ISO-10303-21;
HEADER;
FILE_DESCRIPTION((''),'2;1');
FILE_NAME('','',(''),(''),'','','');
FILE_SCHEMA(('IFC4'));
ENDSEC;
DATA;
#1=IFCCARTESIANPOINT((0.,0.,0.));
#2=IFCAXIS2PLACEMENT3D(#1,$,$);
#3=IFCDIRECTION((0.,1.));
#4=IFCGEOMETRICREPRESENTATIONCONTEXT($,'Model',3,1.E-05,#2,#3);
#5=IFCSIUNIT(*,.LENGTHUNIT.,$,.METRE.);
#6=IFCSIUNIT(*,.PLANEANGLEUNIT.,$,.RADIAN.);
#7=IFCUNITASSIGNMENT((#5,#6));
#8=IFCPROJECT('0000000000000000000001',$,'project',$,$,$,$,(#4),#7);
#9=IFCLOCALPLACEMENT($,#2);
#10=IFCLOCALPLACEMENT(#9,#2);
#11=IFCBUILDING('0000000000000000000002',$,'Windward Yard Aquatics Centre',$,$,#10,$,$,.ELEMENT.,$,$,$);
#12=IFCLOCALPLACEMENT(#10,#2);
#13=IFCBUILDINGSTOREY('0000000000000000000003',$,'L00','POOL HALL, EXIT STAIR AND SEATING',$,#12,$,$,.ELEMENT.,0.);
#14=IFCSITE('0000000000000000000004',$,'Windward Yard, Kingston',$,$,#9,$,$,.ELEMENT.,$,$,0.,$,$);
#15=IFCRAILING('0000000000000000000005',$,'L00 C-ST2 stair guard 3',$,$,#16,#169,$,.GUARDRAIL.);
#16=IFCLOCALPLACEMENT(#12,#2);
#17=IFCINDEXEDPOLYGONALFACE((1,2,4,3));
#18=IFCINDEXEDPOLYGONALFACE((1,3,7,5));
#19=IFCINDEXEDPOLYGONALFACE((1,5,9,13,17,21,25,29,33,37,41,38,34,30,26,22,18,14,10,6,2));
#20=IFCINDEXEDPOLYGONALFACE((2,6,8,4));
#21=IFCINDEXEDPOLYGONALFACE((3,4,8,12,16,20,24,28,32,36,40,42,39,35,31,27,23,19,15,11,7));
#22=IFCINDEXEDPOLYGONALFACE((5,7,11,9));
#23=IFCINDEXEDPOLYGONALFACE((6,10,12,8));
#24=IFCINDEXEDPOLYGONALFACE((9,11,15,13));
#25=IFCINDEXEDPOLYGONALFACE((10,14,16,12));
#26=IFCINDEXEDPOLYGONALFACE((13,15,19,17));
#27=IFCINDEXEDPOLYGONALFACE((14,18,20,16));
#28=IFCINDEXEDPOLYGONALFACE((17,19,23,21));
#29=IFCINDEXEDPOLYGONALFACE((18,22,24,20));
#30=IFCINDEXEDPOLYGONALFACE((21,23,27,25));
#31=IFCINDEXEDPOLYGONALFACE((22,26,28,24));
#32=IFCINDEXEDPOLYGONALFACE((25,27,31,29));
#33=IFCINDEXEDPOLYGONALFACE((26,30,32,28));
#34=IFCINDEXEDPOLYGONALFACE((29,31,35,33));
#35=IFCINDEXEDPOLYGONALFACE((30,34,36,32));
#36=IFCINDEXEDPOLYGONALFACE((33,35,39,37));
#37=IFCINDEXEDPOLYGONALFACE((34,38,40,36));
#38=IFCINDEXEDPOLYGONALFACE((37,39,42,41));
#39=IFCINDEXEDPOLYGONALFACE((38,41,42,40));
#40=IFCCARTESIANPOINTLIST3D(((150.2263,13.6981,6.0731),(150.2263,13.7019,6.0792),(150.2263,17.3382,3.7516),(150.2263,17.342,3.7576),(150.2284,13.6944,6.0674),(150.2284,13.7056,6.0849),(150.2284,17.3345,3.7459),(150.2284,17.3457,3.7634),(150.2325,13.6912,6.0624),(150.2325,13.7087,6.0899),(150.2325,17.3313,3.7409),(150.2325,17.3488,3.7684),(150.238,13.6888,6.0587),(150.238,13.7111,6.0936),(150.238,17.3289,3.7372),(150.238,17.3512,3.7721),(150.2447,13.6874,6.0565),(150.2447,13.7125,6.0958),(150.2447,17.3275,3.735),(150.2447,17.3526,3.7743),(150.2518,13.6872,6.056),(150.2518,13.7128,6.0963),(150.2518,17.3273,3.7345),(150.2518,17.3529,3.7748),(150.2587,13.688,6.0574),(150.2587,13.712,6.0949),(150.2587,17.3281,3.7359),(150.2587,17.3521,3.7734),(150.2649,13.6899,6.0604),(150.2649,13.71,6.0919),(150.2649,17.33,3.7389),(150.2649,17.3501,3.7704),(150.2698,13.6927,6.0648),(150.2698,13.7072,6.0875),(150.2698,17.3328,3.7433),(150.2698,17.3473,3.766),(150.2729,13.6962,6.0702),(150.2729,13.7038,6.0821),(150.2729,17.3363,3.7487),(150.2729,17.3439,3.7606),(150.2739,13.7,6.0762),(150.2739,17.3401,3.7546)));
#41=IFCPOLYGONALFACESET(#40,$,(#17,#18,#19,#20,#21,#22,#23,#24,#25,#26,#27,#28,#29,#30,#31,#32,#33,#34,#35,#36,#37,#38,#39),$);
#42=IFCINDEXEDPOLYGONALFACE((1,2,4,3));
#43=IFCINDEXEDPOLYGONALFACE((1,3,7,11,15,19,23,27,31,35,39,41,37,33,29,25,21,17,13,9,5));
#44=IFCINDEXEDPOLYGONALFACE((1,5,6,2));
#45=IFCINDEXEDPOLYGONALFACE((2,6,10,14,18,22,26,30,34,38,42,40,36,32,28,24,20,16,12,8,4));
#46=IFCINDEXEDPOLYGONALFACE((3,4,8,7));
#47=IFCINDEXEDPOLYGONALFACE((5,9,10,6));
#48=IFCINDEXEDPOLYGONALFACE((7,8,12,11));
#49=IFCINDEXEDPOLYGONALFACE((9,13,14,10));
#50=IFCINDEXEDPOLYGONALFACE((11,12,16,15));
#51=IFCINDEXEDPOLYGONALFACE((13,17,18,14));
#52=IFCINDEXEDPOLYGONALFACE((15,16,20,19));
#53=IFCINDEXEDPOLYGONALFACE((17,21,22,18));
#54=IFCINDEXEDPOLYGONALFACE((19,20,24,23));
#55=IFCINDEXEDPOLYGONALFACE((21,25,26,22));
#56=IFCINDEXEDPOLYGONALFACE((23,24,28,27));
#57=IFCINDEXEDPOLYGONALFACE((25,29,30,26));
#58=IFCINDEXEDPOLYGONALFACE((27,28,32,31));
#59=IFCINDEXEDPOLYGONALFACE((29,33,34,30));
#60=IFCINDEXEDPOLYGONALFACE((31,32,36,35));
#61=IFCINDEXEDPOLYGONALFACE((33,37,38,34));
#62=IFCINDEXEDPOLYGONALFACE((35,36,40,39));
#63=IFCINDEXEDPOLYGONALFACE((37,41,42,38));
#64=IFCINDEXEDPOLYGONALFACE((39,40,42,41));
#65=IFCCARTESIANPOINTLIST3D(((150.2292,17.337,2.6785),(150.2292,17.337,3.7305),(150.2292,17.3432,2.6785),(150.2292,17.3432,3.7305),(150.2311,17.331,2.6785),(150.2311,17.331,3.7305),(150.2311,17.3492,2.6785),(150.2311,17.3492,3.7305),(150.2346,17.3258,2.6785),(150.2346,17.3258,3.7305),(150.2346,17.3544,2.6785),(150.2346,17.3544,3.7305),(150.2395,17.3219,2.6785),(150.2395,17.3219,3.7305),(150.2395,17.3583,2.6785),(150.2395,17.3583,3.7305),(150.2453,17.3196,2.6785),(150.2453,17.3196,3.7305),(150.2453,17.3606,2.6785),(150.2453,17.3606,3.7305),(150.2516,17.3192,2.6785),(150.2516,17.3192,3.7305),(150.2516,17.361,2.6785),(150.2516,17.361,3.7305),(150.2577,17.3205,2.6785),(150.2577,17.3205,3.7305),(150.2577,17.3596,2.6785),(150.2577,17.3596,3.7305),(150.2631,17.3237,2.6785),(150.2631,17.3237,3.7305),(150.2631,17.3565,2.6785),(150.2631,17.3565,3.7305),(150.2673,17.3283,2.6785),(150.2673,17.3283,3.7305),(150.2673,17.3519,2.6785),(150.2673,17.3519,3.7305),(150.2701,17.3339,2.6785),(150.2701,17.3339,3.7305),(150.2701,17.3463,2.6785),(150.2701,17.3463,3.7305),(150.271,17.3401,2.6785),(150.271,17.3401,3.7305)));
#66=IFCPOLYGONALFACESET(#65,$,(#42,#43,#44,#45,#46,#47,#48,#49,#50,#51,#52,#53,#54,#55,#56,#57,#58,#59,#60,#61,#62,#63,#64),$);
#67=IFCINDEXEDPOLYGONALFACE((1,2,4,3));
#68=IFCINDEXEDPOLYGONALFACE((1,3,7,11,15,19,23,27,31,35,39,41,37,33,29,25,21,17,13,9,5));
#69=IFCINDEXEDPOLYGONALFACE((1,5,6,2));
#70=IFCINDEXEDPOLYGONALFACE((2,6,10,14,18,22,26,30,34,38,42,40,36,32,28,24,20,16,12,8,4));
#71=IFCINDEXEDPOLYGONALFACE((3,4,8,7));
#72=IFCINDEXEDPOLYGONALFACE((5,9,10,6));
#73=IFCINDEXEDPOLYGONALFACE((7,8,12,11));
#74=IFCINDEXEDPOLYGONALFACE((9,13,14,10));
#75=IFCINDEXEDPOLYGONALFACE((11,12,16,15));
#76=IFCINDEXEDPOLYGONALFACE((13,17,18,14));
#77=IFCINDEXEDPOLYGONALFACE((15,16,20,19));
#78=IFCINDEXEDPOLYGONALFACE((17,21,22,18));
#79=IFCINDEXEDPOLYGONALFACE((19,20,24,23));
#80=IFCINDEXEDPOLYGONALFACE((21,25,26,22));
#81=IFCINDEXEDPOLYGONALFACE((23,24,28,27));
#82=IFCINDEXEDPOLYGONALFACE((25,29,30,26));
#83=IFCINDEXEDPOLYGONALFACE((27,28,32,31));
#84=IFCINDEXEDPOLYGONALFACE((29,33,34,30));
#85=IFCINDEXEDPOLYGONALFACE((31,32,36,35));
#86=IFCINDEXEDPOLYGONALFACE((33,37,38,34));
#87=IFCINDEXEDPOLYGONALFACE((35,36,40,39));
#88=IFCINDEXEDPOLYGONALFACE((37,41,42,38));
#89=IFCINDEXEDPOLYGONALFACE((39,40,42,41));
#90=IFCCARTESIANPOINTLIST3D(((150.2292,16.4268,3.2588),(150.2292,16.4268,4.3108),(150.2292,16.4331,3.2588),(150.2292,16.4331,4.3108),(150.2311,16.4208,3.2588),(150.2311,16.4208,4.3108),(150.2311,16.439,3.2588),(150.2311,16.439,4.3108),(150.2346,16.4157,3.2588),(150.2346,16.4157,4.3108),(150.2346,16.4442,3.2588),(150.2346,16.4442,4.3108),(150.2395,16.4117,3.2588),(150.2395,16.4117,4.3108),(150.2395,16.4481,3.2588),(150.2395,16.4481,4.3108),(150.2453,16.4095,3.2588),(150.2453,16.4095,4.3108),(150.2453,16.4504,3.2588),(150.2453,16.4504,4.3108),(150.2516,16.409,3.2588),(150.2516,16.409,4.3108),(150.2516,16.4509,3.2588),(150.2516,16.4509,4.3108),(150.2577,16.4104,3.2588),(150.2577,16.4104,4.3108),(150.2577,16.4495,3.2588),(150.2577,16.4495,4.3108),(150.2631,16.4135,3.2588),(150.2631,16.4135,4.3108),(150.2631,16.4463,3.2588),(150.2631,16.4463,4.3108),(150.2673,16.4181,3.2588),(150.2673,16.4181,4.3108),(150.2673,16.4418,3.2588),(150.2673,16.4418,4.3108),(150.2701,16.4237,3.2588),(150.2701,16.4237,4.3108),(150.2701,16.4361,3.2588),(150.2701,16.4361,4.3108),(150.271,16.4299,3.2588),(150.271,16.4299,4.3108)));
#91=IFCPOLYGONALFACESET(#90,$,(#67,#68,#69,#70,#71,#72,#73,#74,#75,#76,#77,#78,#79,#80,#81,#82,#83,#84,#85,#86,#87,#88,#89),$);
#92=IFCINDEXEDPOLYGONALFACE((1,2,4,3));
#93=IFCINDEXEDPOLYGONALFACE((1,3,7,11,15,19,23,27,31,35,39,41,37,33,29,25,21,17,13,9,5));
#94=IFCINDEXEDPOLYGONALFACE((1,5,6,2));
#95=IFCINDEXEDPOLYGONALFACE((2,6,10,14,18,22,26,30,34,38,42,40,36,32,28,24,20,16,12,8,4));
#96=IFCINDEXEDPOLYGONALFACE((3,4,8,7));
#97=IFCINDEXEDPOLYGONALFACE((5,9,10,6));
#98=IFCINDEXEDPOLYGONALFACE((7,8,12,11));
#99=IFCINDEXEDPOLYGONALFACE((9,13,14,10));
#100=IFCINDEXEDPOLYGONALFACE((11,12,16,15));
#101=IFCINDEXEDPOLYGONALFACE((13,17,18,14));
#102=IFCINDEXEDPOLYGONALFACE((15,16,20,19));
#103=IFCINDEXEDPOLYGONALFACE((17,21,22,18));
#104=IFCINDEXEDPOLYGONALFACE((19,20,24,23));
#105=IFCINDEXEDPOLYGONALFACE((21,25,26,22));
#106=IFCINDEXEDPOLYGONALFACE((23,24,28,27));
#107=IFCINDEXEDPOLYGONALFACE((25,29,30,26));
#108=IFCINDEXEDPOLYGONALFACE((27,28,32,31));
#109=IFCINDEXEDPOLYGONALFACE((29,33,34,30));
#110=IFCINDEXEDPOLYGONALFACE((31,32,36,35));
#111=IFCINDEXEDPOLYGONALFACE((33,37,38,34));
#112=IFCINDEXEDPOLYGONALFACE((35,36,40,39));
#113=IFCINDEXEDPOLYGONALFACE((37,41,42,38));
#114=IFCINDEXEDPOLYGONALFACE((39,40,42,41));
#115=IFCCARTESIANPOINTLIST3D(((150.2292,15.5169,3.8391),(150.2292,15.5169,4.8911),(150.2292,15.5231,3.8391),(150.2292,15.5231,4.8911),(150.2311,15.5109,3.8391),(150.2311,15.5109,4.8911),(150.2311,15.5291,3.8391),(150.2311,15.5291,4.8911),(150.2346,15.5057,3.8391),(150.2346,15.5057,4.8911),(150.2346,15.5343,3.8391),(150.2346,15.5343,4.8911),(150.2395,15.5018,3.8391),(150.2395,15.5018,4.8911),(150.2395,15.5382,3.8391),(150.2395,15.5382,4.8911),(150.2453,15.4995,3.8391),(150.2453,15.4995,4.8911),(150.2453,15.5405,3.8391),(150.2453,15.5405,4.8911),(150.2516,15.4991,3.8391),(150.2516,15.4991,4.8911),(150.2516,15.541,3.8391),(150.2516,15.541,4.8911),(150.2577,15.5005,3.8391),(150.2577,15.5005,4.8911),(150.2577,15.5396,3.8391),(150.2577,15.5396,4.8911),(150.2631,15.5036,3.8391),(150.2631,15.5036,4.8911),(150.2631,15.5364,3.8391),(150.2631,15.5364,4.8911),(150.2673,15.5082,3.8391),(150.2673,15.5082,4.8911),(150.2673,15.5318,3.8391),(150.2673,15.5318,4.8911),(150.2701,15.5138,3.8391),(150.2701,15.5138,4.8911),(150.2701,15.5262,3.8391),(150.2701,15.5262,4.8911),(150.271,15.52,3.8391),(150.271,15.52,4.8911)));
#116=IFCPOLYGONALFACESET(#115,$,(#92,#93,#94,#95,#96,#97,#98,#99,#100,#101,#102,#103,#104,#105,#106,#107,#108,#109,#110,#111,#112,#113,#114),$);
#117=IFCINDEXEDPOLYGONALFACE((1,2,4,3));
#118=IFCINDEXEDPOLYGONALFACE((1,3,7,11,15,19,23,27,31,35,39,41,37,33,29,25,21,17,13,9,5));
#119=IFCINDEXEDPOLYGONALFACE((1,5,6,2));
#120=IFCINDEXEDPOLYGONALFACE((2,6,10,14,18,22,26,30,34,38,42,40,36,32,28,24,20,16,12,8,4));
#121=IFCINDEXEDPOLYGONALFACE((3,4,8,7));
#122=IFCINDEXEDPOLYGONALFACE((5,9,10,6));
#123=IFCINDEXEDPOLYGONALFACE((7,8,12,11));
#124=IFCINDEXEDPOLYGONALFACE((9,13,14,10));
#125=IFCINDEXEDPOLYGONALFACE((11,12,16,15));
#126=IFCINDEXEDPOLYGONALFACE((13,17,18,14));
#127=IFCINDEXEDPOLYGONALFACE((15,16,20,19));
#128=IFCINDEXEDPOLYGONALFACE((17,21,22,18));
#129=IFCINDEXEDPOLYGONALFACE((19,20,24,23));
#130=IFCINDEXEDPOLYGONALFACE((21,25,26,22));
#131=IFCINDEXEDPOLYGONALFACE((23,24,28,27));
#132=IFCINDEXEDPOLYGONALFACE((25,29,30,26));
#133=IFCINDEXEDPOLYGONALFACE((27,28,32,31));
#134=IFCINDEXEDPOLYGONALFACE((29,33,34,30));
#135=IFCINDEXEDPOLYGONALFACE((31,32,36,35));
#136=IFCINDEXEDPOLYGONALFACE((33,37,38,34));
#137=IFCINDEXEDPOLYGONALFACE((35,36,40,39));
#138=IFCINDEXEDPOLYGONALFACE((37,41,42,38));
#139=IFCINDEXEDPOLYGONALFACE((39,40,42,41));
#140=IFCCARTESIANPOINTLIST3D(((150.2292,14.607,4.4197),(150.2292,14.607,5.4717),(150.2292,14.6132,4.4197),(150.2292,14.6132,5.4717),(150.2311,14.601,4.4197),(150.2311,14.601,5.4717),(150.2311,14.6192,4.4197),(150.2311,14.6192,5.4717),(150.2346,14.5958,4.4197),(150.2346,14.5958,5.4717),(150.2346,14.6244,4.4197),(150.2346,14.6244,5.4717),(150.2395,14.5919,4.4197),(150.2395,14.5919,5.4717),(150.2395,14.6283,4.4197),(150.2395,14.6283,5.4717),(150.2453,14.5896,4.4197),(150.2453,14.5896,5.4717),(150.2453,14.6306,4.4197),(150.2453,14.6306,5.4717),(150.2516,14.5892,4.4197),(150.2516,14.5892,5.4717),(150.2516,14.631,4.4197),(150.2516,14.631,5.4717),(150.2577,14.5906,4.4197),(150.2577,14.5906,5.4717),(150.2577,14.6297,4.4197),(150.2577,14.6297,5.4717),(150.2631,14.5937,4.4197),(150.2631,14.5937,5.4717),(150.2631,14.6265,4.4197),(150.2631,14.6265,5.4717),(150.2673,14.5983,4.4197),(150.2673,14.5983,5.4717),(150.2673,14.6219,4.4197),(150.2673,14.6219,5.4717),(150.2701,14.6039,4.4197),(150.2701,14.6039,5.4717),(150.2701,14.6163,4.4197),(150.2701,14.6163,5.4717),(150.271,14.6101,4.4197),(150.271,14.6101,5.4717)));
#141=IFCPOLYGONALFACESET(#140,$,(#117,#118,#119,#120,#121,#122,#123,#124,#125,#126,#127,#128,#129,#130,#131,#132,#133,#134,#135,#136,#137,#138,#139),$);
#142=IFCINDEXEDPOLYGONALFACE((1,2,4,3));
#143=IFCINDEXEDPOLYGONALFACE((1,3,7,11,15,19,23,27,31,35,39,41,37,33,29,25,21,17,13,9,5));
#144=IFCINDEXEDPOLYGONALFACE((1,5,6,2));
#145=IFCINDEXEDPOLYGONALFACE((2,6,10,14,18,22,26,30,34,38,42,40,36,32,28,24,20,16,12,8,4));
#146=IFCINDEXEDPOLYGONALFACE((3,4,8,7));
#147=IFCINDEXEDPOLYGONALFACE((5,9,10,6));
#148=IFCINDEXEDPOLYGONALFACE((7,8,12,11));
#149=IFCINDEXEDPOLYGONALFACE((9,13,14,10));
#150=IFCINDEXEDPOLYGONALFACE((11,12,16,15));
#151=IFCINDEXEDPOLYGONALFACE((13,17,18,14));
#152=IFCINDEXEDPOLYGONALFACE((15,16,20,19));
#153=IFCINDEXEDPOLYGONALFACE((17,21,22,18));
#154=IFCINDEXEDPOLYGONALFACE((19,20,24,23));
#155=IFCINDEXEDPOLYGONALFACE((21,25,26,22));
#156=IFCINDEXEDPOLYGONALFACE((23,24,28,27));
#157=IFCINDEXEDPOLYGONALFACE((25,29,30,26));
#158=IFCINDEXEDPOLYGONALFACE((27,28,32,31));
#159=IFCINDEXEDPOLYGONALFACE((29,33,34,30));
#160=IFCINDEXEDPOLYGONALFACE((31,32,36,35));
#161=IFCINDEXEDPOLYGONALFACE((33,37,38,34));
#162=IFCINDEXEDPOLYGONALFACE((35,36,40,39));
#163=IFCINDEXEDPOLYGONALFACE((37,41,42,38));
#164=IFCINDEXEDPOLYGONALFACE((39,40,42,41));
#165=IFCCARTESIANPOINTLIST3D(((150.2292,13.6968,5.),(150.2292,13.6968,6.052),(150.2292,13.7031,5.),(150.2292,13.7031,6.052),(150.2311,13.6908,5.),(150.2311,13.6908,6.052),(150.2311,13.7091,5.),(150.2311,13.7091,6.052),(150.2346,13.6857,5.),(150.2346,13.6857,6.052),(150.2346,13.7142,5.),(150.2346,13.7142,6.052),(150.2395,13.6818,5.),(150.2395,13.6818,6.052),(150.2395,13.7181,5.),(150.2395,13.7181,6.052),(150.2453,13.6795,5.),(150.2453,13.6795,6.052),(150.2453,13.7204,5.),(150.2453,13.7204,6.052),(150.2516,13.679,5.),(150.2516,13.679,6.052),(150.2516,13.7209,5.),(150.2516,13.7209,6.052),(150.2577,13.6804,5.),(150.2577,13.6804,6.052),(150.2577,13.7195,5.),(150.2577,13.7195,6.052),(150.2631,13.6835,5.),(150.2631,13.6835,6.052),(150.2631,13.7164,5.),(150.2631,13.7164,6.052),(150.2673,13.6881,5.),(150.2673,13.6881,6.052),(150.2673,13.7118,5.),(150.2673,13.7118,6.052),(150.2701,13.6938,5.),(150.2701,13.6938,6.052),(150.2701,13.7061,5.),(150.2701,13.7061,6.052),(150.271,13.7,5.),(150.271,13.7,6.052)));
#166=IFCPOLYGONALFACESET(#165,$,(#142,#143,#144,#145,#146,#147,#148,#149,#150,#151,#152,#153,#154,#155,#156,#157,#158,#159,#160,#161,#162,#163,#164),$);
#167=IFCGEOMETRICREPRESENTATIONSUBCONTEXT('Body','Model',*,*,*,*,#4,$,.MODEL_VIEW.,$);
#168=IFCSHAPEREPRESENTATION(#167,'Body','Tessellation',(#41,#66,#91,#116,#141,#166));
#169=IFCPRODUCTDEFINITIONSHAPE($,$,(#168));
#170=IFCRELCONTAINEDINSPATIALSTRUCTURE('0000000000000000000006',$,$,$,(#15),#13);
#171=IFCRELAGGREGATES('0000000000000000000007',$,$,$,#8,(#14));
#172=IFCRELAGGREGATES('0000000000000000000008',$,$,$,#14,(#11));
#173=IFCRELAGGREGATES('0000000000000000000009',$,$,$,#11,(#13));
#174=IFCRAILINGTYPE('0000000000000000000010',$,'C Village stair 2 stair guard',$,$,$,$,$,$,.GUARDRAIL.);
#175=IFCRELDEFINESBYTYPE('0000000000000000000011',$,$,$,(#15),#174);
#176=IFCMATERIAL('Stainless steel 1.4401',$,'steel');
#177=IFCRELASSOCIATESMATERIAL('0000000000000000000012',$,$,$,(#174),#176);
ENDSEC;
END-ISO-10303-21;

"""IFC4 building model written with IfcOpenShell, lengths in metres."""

from ifc_helpers import new_model, si_unit, direction, frame, origin, origin_2d, place, context, subcontext, project, spatial, circle, extrude, material, type_object, element, save


model = new_model("IFC4")

# Units and contexts
model_context = context("Model", 3, precision=1e-05, world=origin(), true_north=direction((0.0, 1.0)))
body_context = subcontext(model_context, "Body", "Model", "MODEL_VIEW")
ifc_project = project(units=[si_unit("LENGTHUNIT", "METRE"), si_unit("PLANEANGLEUNIT", "RADIAN")], contexts=[model_context])

# Site, building, storey
site_placement = place(None, origin())
site = spatial("IfcSite", under=ifc_project, at=site_placement, Name="Windward Yard, Kingston", CompositionType="ELEMENT", RefElevation=0.0)
building_placement = place(site_placement, origin())
building = spatial("IfcBuilding", under=site, at=building_placement, Name="Windward Yard Aquatics Centre", CompositionType="ELEMENT")
storey_placement = place(building_placement, origin())
storey = spatial("IfcBuildingStorey", under=building, at=storey_placement, Name="L00", Description="POOL HALL, EXIT STAIR AND SEATING", CompositionType="ELEMENT", Elevation=0.0)

# Railing
ifc_material_1 = material(Name="Stainless steel 1.4401", Category="steel")
railing_type_1 = type_object("IfcRailingType", Name="C Village stair 2 stair guard", PredefinedType="GUARDRAIL", material=ifc_material_1)
railing_1_placement = place(storey_placement, frame((150.25, 17.3401, 2.6785)))
element("IfcRailing", 1, at=railing_1_placement, inside=storey, type_object=railing_type_1, Name="L00 C-ST2 stair guard 3", PredefinedType="GUARDRAIL", context=body_context, shape_type="SweptSolid", body=[
    extrude(circle(Radius=0.0239, at=origin_2d()), frame((0.0, 0.0, 1.0762), z_axis=(0.0, -0.843128, 0.537713), x_axis=(1.0, 0.0, 0.0)), (0.0, 0.0, 1.0), 4.3174),
    extrude(circle(Radius=0.021, at=origin_2d()), origin(), (0.0, 0.0, 1.0), 1.052),
    extrude(circle(Radius=0.021, at=origin_2d()), frame((0.0, -0.9102, 0.5803)), (0.0, 0.0, 1.0), 1.052),
    extrude(circle(Radius=0.021, at=origin_2d()), frame((0.0, -1.8201, 1.1606)), (0.0, 0.0, 1.0), 1.052),
    extrude(circle(Radius=0.021, at=origin_2d()), frame((0.0, -2.73, 1.7412)), (0.0, 0.0, 1.0), 1.052),
    extrude(circle(Radius=0.021, at=origin_2d()), frame((0.0, -3.6401, 2.3215)), (0.0, 0.0, 1.0), 1.052),
])

save(model, "model.ifc")
